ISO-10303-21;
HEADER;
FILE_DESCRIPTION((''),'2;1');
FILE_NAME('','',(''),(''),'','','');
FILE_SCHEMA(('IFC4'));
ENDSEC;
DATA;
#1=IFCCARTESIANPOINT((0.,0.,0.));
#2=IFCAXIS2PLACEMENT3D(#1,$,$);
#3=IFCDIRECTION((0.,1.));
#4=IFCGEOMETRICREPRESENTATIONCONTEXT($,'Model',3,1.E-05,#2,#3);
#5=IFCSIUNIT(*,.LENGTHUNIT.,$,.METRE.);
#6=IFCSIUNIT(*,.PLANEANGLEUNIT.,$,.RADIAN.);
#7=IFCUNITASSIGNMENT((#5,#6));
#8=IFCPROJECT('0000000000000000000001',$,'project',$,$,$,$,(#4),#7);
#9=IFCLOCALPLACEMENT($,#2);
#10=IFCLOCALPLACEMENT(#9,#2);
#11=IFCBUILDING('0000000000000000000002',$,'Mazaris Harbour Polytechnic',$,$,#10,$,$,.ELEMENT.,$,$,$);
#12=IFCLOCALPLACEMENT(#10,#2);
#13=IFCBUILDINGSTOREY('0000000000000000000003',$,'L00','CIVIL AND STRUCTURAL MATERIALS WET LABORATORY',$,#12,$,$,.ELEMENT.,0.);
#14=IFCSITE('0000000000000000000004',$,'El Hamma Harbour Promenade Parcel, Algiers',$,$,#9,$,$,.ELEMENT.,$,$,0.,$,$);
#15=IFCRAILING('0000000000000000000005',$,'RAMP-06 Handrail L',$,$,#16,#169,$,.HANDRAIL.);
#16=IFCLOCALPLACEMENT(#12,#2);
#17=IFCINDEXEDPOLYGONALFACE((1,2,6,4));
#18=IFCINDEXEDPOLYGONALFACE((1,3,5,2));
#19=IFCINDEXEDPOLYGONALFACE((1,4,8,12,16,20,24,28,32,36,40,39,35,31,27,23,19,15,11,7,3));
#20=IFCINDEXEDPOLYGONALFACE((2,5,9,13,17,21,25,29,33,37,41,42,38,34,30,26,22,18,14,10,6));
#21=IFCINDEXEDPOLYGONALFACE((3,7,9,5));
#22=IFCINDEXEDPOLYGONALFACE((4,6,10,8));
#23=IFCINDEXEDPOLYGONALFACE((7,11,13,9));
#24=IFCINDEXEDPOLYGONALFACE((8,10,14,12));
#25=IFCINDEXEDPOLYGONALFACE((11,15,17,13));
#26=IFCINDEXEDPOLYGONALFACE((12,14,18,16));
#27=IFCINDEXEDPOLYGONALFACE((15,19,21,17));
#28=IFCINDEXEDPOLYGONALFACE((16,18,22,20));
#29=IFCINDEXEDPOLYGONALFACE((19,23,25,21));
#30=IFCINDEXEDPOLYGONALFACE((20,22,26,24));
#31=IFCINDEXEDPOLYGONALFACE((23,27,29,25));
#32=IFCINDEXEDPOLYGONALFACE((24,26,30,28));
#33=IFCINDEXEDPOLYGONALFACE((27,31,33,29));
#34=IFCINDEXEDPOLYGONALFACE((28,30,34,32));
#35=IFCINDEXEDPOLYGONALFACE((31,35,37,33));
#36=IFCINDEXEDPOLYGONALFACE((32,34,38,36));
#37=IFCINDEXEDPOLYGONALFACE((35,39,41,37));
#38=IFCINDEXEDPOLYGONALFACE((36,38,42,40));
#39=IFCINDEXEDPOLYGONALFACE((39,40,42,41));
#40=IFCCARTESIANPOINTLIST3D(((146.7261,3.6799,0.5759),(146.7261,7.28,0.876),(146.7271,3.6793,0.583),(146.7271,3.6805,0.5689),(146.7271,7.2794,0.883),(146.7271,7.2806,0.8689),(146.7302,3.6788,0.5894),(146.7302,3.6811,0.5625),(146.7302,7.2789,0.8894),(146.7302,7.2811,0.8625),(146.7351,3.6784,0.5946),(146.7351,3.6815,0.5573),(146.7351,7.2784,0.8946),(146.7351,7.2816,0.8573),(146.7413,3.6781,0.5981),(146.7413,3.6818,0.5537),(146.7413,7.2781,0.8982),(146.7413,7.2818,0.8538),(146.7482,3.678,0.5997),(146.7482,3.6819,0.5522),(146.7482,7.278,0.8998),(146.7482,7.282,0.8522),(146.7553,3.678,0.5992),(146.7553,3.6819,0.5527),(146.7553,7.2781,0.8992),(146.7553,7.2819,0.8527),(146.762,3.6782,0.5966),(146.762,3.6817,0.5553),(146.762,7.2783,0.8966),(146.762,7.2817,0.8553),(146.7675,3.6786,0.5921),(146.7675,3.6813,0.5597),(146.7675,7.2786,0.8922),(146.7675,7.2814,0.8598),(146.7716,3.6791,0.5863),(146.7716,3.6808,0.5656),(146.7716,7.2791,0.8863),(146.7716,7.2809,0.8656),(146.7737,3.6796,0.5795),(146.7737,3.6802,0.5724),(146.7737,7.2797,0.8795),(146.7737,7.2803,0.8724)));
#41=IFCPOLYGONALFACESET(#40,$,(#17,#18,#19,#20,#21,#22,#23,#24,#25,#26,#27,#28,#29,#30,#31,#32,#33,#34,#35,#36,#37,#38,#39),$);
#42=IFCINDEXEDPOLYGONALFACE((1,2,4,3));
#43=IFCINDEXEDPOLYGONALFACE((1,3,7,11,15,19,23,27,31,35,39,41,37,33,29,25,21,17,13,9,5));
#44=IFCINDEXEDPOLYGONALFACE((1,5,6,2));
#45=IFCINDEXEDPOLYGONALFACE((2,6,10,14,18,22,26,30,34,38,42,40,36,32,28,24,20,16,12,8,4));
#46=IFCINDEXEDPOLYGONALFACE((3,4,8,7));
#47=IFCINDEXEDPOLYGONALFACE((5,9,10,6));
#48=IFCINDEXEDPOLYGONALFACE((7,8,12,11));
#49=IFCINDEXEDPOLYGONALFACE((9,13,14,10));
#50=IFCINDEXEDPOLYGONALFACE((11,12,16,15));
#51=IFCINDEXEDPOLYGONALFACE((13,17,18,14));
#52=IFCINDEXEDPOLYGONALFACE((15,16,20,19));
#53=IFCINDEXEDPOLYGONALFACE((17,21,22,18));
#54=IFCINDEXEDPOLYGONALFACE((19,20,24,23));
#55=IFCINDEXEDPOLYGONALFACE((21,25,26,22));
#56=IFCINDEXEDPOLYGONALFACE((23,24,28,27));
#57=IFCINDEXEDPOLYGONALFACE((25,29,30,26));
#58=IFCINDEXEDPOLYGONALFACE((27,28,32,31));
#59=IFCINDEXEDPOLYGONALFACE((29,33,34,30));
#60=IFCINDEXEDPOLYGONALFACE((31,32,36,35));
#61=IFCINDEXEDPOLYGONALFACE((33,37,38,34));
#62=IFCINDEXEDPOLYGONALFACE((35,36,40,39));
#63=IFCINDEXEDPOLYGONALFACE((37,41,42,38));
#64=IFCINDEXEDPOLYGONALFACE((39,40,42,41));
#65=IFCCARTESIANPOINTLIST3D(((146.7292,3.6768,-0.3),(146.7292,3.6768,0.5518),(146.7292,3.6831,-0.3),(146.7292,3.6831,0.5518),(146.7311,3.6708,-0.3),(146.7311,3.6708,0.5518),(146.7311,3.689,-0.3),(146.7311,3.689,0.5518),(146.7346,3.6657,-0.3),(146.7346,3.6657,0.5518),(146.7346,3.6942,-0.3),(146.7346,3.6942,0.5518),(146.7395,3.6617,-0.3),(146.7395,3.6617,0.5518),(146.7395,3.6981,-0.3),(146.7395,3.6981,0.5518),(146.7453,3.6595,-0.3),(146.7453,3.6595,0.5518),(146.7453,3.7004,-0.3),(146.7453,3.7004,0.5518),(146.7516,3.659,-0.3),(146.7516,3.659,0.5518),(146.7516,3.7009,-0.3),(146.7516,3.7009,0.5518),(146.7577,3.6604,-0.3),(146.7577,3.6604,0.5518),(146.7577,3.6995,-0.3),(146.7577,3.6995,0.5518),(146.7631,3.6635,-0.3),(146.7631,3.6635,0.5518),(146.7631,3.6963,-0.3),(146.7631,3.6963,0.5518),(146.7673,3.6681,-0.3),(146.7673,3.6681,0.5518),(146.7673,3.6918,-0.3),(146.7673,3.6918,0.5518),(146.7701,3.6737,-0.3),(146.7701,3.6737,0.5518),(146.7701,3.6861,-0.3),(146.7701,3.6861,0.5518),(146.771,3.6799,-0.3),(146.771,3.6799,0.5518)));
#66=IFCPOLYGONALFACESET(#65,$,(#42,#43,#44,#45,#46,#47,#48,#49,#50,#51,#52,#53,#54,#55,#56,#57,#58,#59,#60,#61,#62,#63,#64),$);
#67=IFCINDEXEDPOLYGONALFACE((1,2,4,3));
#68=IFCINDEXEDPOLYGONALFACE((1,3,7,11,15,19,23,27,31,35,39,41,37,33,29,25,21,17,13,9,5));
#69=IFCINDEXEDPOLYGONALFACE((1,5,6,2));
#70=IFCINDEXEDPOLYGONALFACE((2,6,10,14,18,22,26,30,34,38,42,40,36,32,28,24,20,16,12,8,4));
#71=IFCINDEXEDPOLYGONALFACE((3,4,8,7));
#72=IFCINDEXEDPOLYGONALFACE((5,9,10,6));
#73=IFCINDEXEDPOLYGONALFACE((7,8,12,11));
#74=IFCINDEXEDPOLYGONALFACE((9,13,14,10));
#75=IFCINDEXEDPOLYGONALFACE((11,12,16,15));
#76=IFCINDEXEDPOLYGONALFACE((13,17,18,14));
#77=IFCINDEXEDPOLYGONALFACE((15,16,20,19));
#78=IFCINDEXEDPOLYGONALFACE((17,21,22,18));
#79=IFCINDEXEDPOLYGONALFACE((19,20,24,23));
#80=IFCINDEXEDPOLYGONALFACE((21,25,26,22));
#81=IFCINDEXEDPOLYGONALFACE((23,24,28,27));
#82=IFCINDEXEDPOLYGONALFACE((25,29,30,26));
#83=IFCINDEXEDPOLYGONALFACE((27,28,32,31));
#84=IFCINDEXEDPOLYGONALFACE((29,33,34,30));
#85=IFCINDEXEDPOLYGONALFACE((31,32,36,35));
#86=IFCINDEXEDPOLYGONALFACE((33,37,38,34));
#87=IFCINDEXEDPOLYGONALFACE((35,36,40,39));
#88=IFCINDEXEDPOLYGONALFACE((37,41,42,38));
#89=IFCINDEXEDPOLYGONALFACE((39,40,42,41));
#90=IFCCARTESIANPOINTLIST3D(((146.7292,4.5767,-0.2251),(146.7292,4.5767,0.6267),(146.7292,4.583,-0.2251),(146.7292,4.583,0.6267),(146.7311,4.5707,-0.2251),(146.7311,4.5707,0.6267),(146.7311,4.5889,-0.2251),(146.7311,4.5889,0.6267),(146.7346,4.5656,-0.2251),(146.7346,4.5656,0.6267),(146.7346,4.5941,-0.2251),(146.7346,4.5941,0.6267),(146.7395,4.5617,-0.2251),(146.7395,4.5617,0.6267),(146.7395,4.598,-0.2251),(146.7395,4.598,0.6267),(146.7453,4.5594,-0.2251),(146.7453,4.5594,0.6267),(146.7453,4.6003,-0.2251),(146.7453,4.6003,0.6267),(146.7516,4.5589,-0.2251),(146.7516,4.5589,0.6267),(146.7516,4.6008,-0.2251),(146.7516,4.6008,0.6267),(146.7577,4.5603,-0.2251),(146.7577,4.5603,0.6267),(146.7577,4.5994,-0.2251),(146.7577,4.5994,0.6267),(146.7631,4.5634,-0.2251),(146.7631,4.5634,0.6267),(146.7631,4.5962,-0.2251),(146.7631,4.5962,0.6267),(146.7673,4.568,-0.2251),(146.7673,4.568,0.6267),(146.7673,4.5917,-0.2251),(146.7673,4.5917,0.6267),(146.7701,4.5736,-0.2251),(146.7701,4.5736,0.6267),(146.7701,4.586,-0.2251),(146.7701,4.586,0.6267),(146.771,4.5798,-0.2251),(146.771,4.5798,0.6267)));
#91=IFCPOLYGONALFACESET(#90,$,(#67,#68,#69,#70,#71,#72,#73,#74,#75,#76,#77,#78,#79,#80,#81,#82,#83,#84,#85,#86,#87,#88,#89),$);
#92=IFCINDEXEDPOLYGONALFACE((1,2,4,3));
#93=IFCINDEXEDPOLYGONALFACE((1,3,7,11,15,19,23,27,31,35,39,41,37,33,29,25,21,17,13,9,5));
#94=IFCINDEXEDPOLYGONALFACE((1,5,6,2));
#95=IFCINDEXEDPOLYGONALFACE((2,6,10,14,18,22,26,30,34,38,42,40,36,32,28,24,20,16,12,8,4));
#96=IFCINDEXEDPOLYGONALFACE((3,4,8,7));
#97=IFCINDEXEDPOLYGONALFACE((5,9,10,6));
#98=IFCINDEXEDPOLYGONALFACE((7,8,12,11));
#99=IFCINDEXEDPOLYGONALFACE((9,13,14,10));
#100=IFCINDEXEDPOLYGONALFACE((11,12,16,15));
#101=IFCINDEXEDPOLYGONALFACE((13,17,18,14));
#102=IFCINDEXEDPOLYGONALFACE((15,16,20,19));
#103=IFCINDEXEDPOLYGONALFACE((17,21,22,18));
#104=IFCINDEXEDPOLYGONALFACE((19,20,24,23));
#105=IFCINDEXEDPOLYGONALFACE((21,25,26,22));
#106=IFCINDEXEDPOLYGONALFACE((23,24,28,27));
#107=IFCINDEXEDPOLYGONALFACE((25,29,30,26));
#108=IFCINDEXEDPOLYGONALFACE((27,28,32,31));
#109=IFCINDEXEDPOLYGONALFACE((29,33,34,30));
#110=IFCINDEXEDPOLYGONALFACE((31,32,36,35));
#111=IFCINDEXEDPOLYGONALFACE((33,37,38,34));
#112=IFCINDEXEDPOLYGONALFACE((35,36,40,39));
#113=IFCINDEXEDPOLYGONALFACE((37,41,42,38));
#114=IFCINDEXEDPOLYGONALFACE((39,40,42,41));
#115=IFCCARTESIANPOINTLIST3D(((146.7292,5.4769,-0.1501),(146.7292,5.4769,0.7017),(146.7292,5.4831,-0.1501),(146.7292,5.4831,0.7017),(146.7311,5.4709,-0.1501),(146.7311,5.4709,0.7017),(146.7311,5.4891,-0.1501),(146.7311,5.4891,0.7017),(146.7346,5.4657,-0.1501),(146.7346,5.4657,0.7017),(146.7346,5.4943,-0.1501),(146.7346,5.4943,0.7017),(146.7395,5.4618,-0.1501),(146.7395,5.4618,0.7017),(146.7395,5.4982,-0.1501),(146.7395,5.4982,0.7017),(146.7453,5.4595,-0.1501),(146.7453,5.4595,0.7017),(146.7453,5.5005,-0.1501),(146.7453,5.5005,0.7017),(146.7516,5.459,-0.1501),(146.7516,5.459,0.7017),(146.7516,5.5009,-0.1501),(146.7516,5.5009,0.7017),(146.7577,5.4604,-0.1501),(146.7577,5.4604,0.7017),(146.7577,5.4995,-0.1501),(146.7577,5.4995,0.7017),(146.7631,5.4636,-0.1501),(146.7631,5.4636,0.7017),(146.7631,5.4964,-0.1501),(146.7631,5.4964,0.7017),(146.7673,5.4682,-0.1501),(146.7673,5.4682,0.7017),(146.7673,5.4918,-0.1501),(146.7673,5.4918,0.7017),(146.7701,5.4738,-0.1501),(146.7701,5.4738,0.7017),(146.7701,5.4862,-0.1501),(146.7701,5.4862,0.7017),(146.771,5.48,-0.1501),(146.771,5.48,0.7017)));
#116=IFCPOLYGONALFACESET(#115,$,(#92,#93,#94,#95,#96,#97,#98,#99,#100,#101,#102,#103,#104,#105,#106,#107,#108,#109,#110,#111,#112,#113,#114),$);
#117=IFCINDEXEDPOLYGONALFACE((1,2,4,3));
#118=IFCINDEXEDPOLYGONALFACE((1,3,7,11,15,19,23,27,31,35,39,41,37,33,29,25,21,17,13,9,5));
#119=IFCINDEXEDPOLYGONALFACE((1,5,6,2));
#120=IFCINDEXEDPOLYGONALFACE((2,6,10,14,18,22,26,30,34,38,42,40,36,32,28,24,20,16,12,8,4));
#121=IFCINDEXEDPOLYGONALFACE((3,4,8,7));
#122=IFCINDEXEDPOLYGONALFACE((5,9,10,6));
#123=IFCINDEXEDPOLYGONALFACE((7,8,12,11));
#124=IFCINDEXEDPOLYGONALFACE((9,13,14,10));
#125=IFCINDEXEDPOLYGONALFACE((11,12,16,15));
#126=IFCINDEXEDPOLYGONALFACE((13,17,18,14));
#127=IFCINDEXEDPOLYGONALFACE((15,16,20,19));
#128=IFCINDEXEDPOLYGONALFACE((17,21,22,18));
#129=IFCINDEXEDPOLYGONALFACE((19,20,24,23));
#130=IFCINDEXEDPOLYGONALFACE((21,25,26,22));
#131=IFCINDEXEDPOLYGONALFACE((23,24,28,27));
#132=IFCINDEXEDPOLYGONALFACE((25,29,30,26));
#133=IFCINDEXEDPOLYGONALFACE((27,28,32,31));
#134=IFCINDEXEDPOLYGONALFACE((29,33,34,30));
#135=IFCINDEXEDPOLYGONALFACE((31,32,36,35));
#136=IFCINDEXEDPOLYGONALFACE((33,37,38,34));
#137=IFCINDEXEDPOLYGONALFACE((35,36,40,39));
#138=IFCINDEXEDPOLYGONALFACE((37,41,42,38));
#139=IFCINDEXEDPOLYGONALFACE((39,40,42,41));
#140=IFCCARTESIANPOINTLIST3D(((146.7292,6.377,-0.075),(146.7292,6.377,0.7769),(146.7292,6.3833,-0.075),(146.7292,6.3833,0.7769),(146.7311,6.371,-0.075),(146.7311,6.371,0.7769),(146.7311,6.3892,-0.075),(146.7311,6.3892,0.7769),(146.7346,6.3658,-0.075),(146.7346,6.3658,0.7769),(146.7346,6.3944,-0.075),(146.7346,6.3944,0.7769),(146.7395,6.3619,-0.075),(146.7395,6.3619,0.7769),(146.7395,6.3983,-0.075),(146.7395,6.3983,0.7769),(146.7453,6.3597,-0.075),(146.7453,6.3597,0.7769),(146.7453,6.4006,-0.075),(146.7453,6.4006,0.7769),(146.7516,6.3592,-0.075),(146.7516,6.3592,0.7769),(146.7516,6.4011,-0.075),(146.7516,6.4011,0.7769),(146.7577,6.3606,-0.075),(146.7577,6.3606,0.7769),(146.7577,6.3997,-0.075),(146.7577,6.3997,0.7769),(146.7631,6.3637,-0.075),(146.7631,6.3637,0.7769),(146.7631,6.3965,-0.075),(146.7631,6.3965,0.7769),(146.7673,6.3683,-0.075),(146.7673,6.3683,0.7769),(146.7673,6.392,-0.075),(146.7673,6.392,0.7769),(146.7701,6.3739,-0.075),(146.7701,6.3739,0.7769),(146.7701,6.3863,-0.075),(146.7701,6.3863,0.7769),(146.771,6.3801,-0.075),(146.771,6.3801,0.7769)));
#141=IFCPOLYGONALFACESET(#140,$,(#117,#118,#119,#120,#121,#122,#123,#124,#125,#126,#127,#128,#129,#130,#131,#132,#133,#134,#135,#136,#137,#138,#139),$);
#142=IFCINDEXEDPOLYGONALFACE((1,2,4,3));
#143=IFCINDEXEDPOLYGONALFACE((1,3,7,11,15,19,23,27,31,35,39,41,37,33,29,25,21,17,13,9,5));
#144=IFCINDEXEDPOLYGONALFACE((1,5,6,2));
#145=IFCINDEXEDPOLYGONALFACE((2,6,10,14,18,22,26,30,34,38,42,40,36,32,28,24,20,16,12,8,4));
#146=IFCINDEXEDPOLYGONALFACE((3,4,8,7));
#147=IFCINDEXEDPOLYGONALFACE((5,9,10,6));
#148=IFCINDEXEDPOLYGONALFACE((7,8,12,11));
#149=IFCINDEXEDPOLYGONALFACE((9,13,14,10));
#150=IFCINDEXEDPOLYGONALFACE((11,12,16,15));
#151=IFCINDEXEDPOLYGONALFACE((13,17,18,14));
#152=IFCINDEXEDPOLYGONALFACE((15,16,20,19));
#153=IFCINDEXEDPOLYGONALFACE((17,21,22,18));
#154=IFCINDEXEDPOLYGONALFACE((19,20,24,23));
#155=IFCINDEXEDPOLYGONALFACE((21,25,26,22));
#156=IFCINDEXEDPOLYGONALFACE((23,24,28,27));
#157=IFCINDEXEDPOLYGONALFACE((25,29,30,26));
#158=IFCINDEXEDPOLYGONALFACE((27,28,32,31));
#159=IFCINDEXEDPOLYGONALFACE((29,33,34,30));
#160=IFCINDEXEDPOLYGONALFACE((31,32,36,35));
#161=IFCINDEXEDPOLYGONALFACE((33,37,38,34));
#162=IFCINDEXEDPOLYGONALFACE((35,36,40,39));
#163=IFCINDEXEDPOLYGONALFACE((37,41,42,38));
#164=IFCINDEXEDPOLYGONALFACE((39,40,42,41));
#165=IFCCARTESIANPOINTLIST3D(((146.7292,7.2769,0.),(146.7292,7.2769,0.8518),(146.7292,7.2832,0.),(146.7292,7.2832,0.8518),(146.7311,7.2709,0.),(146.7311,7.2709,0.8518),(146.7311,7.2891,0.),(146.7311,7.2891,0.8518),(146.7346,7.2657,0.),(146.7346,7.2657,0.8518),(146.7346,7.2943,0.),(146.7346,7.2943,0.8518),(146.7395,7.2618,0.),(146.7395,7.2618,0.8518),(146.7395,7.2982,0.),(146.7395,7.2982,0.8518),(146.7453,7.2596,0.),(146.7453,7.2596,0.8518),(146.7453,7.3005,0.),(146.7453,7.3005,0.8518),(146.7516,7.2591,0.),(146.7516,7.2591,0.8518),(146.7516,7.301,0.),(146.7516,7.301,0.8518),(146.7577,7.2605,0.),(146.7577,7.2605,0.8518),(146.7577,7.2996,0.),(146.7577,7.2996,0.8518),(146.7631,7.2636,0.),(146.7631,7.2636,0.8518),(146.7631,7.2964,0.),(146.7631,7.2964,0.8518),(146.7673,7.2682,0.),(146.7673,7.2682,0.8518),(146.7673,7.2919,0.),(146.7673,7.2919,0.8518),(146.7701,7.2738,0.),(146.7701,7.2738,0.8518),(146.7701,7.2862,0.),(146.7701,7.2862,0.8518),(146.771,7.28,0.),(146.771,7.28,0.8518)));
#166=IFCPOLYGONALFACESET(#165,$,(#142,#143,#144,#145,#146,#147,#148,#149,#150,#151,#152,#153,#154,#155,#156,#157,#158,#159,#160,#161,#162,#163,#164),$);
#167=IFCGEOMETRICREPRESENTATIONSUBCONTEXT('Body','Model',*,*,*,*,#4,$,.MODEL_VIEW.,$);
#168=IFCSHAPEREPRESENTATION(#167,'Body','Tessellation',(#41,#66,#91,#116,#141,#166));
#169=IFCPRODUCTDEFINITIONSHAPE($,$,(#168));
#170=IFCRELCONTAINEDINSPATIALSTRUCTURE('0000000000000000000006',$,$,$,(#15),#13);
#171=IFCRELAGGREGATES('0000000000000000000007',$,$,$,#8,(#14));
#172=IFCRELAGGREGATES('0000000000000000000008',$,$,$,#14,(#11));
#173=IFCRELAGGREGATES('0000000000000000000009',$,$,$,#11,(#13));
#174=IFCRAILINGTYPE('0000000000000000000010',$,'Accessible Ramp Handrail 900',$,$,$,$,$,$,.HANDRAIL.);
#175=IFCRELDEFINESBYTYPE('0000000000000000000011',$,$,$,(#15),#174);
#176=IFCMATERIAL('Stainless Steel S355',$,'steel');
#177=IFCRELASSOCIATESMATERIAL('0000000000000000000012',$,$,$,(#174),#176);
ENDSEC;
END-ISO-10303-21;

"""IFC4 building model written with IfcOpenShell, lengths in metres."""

from ifc_helpers import new_model, si_unit, direction, frame, origin, origin_2d, place, context, subcontext, project, spatial, circle, extrude, material, type_object, element, save


model = new_model("IFC4")

# Units and contexts
model_context = context("Model", 3, precision=1e-05, world=origin(), true_north=direction((0.0, 1.0)))
body_context = subcontext(model_context, "Body", "Model", "MODEL_VIEW")
ifc_project = project(units=[si_unit("LENGTHUNIT", "METRE"), si_unit("PLANEANGLEUNIT", "RADIAN")], contexts=[model_context])

# Site, building, storey
site_placement = place(None, origin())
site = spatial("IfcSite", under=ifc_project, at=site_placement, Name="El Hamma Harbour Promenade Parcel, Algiers", CompositionType="ELEMENT", RefElevation=0.0)
building_placement = place(site_placement, origin())
building = spatial("IfcBuilding", under=site, at=building_placement, Name="Mazaris Harbour Polytechnic", CompositionType="ELEMENT")
storey_placement = place(building_placement, origin())
storey = spatial("IfcBuildingStorey", under=building, at=storey_placement, Name="L00", Description="CIVIL AND STRUCTURAL MATERIALS WET LABORATORY", CompositionType="ELEMENT", Elevation=0.0)

# Railing
ifc_material_1 = material(Name="Stainless Steel S355", Category="steel")
railing_type_1 = type_object("IfcRailingType", Name="Accessible Ramp Handrail 900", PredefinedType="HANDRAIL", material=ifc_material_1)
for number, where, name in (
    (1, (146.75, 3.6799, -0.3), "RAMP-06 Handrail L"),
):
    element("IfcRailing", number, at=place(storey_placement, frame(where)), inside=storey, type_object=railing_type_1, Name=name, PredefinedType="HANDRAIL", context=body_context, shape_type="SweptSolid", body=[
        extrude(circle(Radius=0.0239, at=origin_2d()), frame((0.0, 0.0, 0.876), z_axis=(0.0, 0.996545, 0.083057), x_axis=(-1.0, 0.0, 0.0)), (0.0, 0.0, 1.0), 3.6125),
        extrude(circle(Radius=0.021, at=origin_2d()), origin(), (0.0, 0.0, 1.0), 0.8518),
        extrude(circle(Radius=0.021, at=origin_2d()), frame((0.0, 0.8999, 0.075)), (0.0, 0.0, 1.0), 0.8518),
        extrude(circle(Radius=0.021, at=origin_2d()), frame((0.0, 1.8, 0.1499)), (0.0, 0.0, 1.0), 0.8518),
        extrude(circle(Radius=0.021, at=origin_2d()), frame((0.0, 2.7002, 0.2251)), (0.0, 0.0, 1.0), 0.8518),
        extrude(circle(Radius=0.021, at=origin_2d()), frame((0.0, 3.6001, 0.3)), (0.0, 0.0, 1.0), 0.8518),
    ])

save(model, "model.ifc")
